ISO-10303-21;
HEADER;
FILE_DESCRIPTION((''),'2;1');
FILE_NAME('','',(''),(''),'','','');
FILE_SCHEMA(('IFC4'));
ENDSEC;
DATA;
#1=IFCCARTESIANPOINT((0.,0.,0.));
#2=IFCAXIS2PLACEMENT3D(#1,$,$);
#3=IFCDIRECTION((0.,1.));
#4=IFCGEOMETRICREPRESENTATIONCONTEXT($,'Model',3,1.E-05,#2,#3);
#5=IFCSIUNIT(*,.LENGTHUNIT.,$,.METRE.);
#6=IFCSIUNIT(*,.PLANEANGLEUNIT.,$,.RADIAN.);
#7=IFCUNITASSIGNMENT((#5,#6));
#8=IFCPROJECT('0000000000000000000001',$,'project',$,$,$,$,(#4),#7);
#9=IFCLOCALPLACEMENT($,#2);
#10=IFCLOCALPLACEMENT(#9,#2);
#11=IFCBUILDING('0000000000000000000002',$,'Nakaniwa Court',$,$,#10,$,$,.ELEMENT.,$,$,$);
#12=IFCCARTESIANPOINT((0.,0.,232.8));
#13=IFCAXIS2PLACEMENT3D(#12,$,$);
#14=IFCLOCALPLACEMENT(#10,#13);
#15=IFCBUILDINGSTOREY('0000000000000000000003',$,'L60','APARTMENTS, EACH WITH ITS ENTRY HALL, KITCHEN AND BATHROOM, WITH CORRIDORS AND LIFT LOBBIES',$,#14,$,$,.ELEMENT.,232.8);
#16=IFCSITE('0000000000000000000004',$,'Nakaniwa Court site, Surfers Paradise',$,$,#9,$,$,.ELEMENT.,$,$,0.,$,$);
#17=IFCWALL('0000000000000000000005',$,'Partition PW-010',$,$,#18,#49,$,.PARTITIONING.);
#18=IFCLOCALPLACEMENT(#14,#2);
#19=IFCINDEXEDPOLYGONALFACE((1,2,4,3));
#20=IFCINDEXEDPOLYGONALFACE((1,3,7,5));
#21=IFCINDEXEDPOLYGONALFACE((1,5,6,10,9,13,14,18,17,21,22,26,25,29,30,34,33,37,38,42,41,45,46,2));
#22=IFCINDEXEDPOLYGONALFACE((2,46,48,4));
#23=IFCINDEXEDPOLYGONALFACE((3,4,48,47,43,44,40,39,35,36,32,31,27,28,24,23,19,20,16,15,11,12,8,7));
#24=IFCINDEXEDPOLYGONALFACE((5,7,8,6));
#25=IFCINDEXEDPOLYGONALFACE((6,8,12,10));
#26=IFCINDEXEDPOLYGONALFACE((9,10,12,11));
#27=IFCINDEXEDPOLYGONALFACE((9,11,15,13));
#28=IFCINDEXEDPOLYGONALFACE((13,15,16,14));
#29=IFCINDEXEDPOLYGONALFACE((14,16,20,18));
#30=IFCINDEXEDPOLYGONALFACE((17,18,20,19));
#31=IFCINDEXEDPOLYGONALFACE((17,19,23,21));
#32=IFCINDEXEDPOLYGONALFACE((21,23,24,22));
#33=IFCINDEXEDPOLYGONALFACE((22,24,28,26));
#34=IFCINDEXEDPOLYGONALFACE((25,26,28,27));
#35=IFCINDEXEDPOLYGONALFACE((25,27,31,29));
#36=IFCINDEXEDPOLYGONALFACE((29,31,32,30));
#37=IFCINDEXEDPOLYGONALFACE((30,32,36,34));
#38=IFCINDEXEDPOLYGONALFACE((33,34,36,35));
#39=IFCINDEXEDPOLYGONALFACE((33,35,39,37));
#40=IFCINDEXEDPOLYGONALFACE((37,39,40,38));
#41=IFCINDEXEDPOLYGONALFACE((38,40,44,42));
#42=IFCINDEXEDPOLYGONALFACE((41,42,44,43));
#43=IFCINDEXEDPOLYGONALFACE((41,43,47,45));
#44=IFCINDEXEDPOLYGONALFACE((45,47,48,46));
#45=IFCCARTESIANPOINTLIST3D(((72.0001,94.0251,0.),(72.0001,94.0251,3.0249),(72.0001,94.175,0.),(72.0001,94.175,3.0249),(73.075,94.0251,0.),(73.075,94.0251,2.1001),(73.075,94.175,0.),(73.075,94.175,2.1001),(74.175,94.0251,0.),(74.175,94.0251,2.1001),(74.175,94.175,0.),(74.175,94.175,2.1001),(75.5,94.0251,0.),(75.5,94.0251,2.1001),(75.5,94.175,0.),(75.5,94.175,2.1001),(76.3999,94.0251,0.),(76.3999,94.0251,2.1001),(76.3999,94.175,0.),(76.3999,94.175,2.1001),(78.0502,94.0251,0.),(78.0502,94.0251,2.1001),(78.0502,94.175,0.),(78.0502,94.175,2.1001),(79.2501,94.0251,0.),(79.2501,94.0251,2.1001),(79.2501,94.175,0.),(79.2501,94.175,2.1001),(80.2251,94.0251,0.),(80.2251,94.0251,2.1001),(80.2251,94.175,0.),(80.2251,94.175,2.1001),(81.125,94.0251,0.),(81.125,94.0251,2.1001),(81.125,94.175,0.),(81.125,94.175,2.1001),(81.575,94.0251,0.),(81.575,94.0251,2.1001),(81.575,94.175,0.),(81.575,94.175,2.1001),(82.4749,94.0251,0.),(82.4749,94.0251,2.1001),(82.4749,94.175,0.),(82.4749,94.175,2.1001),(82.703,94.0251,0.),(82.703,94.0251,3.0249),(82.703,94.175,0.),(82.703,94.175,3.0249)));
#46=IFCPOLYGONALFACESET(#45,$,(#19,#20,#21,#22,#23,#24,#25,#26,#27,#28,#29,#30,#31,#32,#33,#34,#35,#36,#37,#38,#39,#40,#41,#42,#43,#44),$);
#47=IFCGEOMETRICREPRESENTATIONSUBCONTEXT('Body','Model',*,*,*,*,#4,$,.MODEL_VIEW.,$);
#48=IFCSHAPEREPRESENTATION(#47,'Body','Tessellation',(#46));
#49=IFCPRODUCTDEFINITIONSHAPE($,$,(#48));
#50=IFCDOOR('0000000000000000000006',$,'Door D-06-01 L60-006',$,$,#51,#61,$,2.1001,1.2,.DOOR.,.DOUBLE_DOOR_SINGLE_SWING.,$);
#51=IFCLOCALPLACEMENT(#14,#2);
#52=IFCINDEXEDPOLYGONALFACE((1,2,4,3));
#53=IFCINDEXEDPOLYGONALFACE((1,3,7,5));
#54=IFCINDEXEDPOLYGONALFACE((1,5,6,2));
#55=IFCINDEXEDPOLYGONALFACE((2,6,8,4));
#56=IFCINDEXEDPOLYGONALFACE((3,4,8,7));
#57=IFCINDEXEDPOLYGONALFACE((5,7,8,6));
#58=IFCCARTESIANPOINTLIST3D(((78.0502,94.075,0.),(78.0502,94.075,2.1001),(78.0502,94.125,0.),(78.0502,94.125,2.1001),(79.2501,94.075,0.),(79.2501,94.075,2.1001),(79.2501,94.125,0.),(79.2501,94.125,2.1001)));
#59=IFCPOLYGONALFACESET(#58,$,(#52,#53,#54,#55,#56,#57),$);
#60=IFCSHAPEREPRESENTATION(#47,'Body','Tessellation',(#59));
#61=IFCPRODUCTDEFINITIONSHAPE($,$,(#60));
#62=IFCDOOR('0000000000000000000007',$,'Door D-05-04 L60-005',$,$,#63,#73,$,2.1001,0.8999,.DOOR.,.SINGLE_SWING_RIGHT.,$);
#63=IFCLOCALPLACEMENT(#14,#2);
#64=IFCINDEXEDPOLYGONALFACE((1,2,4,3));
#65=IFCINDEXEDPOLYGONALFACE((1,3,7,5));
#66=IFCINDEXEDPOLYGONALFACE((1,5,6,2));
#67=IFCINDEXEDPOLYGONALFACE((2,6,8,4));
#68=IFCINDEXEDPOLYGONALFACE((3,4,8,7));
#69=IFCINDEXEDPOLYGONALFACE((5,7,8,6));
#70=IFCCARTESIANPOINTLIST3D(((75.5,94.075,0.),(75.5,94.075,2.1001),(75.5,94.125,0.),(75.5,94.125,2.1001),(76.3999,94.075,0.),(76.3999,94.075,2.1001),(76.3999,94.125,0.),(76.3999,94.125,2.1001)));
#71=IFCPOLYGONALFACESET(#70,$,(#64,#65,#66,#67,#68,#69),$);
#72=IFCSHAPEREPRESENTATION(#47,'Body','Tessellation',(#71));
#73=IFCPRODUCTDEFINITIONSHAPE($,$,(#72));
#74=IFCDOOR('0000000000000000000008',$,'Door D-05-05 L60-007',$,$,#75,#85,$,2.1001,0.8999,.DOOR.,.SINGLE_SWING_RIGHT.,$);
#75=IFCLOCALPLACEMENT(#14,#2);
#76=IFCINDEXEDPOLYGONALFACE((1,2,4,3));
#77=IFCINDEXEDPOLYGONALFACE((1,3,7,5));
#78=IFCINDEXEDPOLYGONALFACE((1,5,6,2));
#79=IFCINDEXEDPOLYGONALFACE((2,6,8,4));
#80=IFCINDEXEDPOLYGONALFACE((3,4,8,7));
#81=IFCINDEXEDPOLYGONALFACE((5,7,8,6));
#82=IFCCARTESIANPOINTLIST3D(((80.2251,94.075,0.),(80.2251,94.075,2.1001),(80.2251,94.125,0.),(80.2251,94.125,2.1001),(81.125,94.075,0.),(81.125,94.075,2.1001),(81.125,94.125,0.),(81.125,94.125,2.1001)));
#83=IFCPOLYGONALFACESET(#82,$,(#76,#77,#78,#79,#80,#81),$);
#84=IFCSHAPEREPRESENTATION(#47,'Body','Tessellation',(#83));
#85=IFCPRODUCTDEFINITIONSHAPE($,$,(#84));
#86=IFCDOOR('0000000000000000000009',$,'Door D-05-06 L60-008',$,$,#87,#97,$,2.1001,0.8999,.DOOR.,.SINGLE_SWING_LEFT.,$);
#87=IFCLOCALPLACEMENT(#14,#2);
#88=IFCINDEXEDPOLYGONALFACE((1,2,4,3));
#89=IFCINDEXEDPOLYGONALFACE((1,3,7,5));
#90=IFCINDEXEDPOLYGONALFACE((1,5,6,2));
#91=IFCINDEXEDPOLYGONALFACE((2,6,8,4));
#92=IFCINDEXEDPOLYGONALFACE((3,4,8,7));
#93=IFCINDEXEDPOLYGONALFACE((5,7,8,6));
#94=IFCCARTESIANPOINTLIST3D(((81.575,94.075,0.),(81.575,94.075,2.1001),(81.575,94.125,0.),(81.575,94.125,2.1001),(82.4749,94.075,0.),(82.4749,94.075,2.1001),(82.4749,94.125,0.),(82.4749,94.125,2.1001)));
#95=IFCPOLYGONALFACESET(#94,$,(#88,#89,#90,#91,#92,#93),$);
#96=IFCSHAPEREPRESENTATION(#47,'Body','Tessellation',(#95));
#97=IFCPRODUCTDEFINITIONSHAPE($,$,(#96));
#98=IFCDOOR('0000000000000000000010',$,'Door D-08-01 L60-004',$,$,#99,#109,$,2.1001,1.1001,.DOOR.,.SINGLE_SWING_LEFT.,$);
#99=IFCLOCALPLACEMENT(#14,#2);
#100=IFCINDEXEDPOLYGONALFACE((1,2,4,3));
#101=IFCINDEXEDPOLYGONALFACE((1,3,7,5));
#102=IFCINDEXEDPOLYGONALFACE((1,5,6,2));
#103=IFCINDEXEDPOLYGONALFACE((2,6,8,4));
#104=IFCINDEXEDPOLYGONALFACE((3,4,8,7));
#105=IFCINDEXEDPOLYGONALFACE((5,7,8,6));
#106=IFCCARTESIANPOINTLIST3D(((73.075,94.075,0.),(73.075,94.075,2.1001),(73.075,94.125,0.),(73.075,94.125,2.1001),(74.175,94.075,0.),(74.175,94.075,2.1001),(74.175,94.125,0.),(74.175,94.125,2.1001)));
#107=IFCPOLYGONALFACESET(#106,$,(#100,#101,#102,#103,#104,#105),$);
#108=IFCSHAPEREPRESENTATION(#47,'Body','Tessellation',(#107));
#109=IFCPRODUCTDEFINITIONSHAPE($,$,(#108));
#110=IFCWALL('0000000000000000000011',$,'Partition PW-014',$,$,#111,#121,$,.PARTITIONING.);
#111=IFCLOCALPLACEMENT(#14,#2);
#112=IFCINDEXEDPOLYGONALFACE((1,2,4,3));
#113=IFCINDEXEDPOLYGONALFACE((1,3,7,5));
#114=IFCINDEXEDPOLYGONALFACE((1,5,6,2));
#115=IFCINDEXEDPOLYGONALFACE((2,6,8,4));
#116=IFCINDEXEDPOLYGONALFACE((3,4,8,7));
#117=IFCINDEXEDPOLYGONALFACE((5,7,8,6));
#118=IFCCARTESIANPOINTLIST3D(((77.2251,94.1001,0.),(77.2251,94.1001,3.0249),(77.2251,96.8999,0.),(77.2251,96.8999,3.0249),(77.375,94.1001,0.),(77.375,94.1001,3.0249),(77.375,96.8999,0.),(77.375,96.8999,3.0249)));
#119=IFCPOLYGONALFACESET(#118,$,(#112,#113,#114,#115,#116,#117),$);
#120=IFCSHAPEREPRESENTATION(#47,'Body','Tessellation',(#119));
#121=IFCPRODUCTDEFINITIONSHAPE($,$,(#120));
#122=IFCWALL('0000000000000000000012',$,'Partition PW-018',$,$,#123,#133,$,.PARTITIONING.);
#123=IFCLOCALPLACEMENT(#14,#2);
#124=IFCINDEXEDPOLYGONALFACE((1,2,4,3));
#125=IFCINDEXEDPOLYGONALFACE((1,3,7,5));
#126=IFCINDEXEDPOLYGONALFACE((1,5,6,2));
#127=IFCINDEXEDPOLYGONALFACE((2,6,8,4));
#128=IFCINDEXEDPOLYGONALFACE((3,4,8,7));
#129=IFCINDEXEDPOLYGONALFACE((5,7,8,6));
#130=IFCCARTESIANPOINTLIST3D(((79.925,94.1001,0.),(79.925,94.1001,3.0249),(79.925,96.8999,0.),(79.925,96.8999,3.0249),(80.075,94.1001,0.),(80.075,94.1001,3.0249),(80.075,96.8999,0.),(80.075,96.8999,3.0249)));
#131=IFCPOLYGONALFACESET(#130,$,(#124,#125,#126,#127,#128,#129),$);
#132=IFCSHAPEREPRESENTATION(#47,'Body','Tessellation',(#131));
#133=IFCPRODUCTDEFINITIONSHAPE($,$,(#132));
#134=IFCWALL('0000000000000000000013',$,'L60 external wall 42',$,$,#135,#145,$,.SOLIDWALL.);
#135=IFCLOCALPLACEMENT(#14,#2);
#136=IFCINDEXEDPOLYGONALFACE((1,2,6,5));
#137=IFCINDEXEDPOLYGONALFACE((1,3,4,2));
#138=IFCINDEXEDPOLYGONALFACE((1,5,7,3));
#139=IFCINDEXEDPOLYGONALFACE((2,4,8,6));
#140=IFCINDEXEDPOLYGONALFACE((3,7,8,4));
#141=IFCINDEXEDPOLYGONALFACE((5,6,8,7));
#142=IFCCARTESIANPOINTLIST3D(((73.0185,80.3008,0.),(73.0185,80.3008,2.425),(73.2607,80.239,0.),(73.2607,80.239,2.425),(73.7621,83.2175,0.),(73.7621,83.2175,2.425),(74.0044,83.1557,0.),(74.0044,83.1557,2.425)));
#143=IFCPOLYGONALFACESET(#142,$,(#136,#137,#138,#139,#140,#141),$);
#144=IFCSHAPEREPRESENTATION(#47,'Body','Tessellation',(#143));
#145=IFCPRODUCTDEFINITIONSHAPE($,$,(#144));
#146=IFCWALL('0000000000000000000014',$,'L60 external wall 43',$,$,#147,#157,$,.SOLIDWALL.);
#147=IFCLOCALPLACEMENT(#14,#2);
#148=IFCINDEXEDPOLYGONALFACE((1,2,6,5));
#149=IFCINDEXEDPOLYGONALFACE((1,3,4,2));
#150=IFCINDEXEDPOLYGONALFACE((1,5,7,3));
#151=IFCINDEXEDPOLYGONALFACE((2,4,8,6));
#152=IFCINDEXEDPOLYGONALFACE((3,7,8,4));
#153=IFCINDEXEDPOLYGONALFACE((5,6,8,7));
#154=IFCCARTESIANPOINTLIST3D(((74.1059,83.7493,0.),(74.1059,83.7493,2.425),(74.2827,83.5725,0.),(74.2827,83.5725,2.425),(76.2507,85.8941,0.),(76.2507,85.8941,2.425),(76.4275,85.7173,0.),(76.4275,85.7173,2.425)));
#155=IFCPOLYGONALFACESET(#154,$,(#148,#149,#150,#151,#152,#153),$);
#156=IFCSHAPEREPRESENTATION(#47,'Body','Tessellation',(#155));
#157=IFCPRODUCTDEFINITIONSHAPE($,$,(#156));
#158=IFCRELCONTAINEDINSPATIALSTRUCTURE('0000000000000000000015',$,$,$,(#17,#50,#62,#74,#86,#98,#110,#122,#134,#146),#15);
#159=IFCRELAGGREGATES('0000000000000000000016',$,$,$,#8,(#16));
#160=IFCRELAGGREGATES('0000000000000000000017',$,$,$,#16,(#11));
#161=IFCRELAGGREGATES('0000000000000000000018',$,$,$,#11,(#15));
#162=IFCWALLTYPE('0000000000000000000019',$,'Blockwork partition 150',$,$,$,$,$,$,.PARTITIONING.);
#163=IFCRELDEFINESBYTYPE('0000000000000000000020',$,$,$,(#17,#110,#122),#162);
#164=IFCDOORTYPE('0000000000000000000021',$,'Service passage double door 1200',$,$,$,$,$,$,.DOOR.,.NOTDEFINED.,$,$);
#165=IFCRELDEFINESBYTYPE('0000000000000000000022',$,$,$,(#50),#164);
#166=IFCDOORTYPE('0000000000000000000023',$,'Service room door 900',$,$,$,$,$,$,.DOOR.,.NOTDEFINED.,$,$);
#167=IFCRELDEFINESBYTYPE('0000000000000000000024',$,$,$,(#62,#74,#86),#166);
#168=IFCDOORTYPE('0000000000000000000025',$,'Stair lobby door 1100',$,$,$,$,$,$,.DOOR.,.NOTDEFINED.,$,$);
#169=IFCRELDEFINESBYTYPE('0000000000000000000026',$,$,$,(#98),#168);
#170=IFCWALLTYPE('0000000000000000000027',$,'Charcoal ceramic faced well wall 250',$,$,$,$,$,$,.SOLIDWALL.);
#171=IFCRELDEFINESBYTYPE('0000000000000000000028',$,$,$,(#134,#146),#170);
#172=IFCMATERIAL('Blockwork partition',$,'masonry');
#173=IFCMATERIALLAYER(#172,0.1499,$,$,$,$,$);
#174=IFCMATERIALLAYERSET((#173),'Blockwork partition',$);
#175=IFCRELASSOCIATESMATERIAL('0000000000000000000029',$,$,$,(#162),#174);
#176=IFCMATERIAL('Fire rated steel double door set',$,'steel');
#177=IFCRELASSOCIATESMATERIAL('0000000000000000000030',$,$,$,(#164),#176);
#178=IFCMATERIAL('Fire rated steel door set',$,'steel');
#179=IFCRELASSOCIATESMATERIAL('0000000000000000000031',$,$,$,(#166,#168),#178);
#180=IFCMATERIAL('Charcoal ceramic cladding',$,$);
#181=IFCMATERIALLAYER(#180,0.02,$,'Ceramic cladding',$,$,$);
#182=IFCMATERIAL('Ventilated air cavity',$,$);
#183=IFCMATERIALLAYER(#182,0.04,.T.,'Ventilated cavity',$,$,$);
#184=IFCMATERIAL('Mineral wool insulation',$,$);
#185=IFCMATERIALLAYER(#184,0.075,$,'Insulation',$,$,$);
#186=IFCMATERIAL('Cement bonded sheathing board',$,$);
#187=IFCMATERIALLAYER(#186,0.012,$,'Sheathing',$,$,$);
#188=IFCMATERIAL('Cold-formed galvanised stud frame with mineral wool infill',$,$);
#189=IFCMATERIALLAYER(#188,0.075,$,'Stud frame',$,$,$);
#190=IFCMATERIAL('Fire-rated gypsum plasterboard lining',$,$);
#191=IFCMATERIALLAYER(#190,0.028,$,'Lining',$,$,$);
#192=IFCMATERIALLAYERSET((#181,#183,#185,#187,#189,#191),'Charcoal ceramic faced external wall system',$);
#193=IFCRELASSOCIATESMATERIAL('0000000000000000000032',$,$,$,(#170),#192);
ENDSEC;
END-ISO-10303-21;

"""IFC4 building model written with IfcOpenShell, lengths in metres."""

from ifc_helpers import new_model, si_unit, direction, frame, frame_2d, origin, place, context, subcontext, project, spatial, rectangle, extrude, material, layer, layer_set, type_object, element, fill, save


model = new_model("IFC4")

# Units and contexts
model_context = context("Model", 3, precision=1e-05, world=origin(), true_north=direction((0.0, 1.0)))
body_context = subcontext(model_context, "Body", "Model", "MODEL_VIEW")
ifc_project = project(units=[si_unit("LENGTHUNIT", "METRE"), si_unit("PLANEANGLEUNIT", "RADIAN")], contexts=[model_context])

# Site, building, storey
site_placement = place(None, origin())
site = spatial("IfcSite", under=ifc_project, at=site_placement, Name="Nakaniwa Court site, Surfers Paradise", CompositionType="ELEMENT", RefElevation=0.0)
building_placement = place(site_placement, origin())
building = spatial("IfcBuilding", under=site, at=building_placement, Name="Nakaniwa Court", CompositionType="ELEMENT")
storey_placement = place(building_placement, frame((0.0, 0.0, 232.8)))
storey = spatial("IfcBuildingStorey", under=building, at=storey_placement, Name="L60", Description="APARTMENTS, EACH WITH ITS ENTRY HALL, KITCHEN AND BATHROOM, WITH CORRIDORS AND LIFT LOBBIES", CompositionType="ELEMENT", Elevation=232.8)

# Shared definitions
ifc_material_1 = material(Name="Blockwork partition", Category="masonry")
ifc_layer_1 = layer(ifc_material_1, 0.1499)
ifc_layer_set_1 = layer_set([ifc_layer_1], Name="Blockwork partition")
wall_type_1 = type_object("IfcWallType", Name="Blockwork partition 150", PredefinedType="PARTITIONING", material=ifc_layer_set_1)

# Wall, openings, doors
wall_1_placement = place(storey_placement, frame((72.0, 94.1001, 0.0), z_axis=(0.0, 0.0, 1.0), x_axis=(1.0, 0.0, 0.0)))
wall_1 = element("IfcWall", 1, at=wall_1_placement, inside=storey, type_object=wall_type_1, Name="Partition PW-010", PredefinedType="PARTITIONING", context=body_context, shape_type="SweptSolid", body=[
    extrude(rectangle(XDim=10.7029, YDim=0.1499, at=frame_2d((5.3516, 0.0))), origin(), (0.0, 0.0, 1.0), 3.0249),
])
opening_1_placement = place(wall_1_placement, frame((1.075, 0.0, 0.0)))
opening_1 = element("IfcOpeningElement", 2, at=opening_1_placement, cuts=wall_1, PredefinedType="OPENING", context=body_context, shape_type="SweptSolid", body=[
    extrude(rectangle(XDim=1.1001, YDim=2.1001, at=frame_2d((0.55, 1.05))), frame((0.0, 0.085, 0.0), z_axis=(0.0, -1.0, 0.0), x_axis=(1.0, 0.0, 0.0)), (0.0, 0.0, 1.0), 0.1699),
])
opening_2_placement = place(wall_1_placement, frame((3.5, 0.0, 0.0)))
opening_2 = element("IfcOpeningElement", 3, at=opening_2_placement, cuts=wall_1, PredefinedType="OPENING", context=body_context, shape_type="SweptSolid", body=[
    extrude(rectangle(XDim=0.8999, YDim=2.1001, at=frame_2d((0.45, 1.05))), frame((0.0, 0.085, 0.0), z_axis=(0.0, -1.0, 0.0), x_axis=(1.0, 0.0, 0.0)), (0.0, 0.0, 1.0), 0.1699),
])
opening_3_placement = place(wall_1_placement, frame((6.05, 0.0, 0.0)))
opening_3 = element("IfcOpeningElement", 4, at=opening_3_placement, cuts=wall_1, PredefinedType="OPENING", context=body_context, shape_type="SweptSolid", body=[
    extrude(rectangle(XDim=1.2, YDim=2.1001, at=frame_2d((0.6001, 1.05))), frame((0.0, 0.085, 0.0), z_axis=(0.0, -1.0, 0.0), x_axis=(1.0, 0.0, 0.0)), (0.0, 0.0, 1.0), 0.1699),
])
opening_4_placement = place(wall_1_placement, frame((8.2251, 0.0, 0.0)))
opening_4 = element("IfcOpeningElement", 5, at=opening_4_placement, cuts=wall_1, PredefinedType="OPENING", context=body_context, shape_type="SweptSolid", body=[
    extrude(rectangle(XDim=0.8999, YDim=2.1001, at=frame_2d((0.45, 1.05))), frame((0.0, 0.085, 0.0), z_axis=(0.0, -1.0, 0.0), x_axis=(1.0, 0.0, 0.0)), (0.0, 0.0, 1.0), 0.1699),
])
opening_5_placement = place(wall_1_placement, frame((9.575, 0.0, 0.0)))
opening_5 = element("IfcOpeningElement", 6, at=opening_5_placement, cuts=wall_1, PredefinedType="OPENING", context=body_context, shape_type="SweptSolid", body=[
    extrude(rectangle(XDim=0.8999, YDim=2.1001, at=frame_2d((0.45, 1.05))), frame((0.0, 0.085, 0.0), z_axis=(0.0, -1.0, 0.0), x_axis=(1.0, 0.0, 0.0)), (0.0, 0.0, 1.0), 0.1699),
])
ifc_material_2 = material(Name="Fire rated steel double door set", Category="steel")
door_type_1 = type_object("IfcDoorType", Name="Service passage double door 1200", OperationType="NOTDEFINED", PredefinedType="DOOR", material=ifc_material_2)
door_1_placement = place(opening_3_placement, origin())
door_1 = element("IfcDoor", 7, at=door_1_placement, inside=storey, type_object=door_type_1, Name="Door D-06-01 L60-006", OperationType="DOUBLE_DOOR_SINGLE_SWING", OverallHeight=2.1001, OverallWidth=1.2, PredefinedType="DOOR", context=body_context, shape_type="SweptSolid", body=[
    extrude(rectangle(XDim=1.2, YDim=2.1001, at=frame_2d((0.6001, 1.05))), frame((0.0, 0.0249, 0.0), z_axis=(0.0, -1.0, 0.0), x_axis=(1.0, 0.0, 0.0)), (0.0, 0.0, 1.0), 0.05),
])
fill(opening_3, door_1)
ifc_material_3 = material(Name="Fire rated steel door set", Category="steel")
door_type_2 = type_object("IfcDoorType", Name="Service room door 900", OperationType="NOTDEFINED", PredefinedType="DOOR", material=ifc_material_3)
door_2_placement = place(opening_2_placement, origin())
door_2 = element("IfcDoor", 8, at=door_2_placement, inside=storey, type_object=door_type_2, Name="Door D-05-04 L60-005", OperationType="SINGLE_SWING_RIGHT", OverallHeight=2.1001, OverallWidth=0.8999, PredefinedType="DOOR", context=body_context, shape_type="SweptSolid", body=[
    extrude(rectangle(XDim=0.8999, YDim=2.1001, at=frame_2d((0.45, 1.05))), frame((0.0, 0.0249, 0.0), z_axis=(0.0, -1.0, 0.0), x_axis=(1.0, 0.0, 0.0)), (0.0, 0.0, 1.0), 0.05),
])
fill(opening_2, door_2)
door_3_placement = place(opening_4_placement, origin())
door_3 = element("IfcDoor", 9, at=door_3_placement, inside=storey, type_object=door_type_2, Name="Door D-05-05 L60-007", OperationType="SINGLE_SWING_RIGHT", OverallHeight=2.1001, OverallWidth=0.8999, PredefinedType="DOOR", context=body_context, shape_type="SweptSolid", body=[
    extrude(rectangle(XDim=0.8999, YDim=2.1001, at=frame_2d((0.45, 1.05))), frame((0.0, 0.0249, 0.0), z_axis=(0.0, -1.0, 0.0), x_axis=(1.0, 0.0, 0.0)), (0.0, 0.0, 1.0), 0.05),
])
fill(opening_4, door_3)
door_4_placement = place(opening_5_placement, origin())
door_4 = element("IfcDoor", 10, at=door_4_placement, inside=storey, type_object=door_type_2, Name="Door D-05-06 L60-008", OperationType="SINGLE_SWING_LEFT", OverallHeight=2.1001, OverallWidth=0.8999, PredefinedType="DOOR", context=body_context, shape_type="SweptSolid", body=[
    extrude(rectangle(XDim=0.8999, YDim=2.1001, at=frame_2d((0.45, 1.05))), frame((0.0, 0.0249, 0.0), z_axis=(0.0, -1.0, 0.0), x_axis=(1.0, 0.0, 0.0)), (0.0, 0.0, 1.0), 0.05),
])
fill(opening_5, door_4)
door_type_3 = type_object("IfcDoorType", Name="Stair lobby door 1100", OperationType="NOTDEFINED", PredefinedType="DOOR", material=ifc_material_3)
door_5_placement = place(opening_1_placement, origin())
door_5 = element("IfcDoor", 11, at=door_5_placement, inside=storey, type_object=door_type_3, Name="Door D-08-01 L60-004", OperationType="SINGLE_SWING_LEFT", OverallHeight=2.1001, OverallWidth=1.1001, PredefinedType="DOOR", context=body_context, shape_type="SweptSolid", body=[
    extrude(rectangle(XDim=1.1001, YDim=2.1001, at=frame_2d((0.55, 1.05))), frame((0.0, 0.0249, 0.0), z_axis=(0.0, -1.0, 0.0), x_axis=(1.0, 0.0, 0.0)), (0.0, 0.0, 1.0), 0.05),
])
fill(opening_1, door_5)

# Walls
for number, where, z_axis, x_axis, name in (
    (12, (77.3, 94.1001, 0.0), (0.0, 0.0, 1.0), (0.0, 1.0, 0.0), "Partition PW-014"),
    (13, (80.0, 94.1001, 0.0), (0.0, 0.0, 1.0), (0.0, 1.0, 0.0), "Partition PW-018"),
):
    element("IfcWall", number, at=place(storey_placement, frame(where, z_axis=z_axis, x_axis=x_axis)), inside=storey, type_object=wall_type_1, Name=name, PredefinedType="PARTITIONING", context=body_context, shape_type="SweptSolid", body=[
        extrude(rectangle(XDim=2.7998, YDim=0.1499, at=frame_2d((1.3999, 0.0))), origin(), (0.0, 0.0, 1.0), 3.0249),
    ])
ifc_material_4 = material(Name="Charcoal ceramic cladding")
ifc_layer_2 = layer(ifc_material_4, 0.02, Name="Ceramic cladding")
ifc_material_5 = material(Name="Ventilated air cavity")
ifc_layer_3 = layer(ifc_material_5, 0.04, ventilated=True, Name="Ventilated cavity")
ifc_material_6 = material(Name="Mineral wool insulation")
ifc_layer_4 = layer(ifc_material_6, 0.075, Name="Insulation")
ifc_material_7 = material(Name="Cement bonded sheathing board")
ifc_layer_5 = layer(ifc_material_7, 0.012, Name="Sheathing")
ifc_material_8 = material(Name="Cold-formed galvanised stud frame with mineral wool infill")
ifc_layer_6 = layer(ifc_material_8, 0.075, Name="Stud frame")
ifc_material_9 = material(Name="Fire-rated gypsum plasterboard lining")
ifc_layer_7 = layer(ifc_material_9, 0.028, Name="Lining")
ifc_layer_set_2 = layer_set([ifc_layer_2, ifc_layer_3, ifc_layer_4, ifc_layer_5, ifc_layer_6, ifc_layer_7], Name="Charcoal ceramic faced external wall system")
wall_type_2 = type_object("IfcWallType", Name="Charcoal ceramic faced well wall 250", PredefinedType="SOLIDWALL", material=ifc_layer_set_2)
wall_2_placement = place(storey_placement, frame((73.1396, 80.27, 0.0), z_axis=(0.0, 0.0, 1.0), x_axis=(0.247056, 0.969001, 0.0)))
element("IfcWall", 14, at=wall_2_placement, inside=storey, type_object=wall_type_2, Name="L60 external wall 42", PredefinedType="SOLIDWALL", context=body_context, shape_type="SweptSolid", body=[
    extrude(rectangle(XDim=3.01, YDim=0.25, at=frame_2d((1.5049, 0.0))), origin(), (0.0, 0.0, 1.0), 2.425),
])
wall_3_placement = place(storey_placement, frame((74.1943, 83.6609, 0.0), z_axis=(0.0, 0.0, 1.0), x_axis=(0.707107, 0.707107, 0.0)))
element("IfcWall", 15, at=wall_3_placement, inside=storey, type_object=wall_type_2, Name="L60 external wall 43", PredefinedType="SOLIDWALL", context=body_context, shape_type="SweptSolid", body=[
    extrude(rectangle(XDim=3.0332, YDim=0.25, at=frame_2d((1.5166, 0.0))), origin(), (0.0, 0.0, 1.0), 2.425),
])

save(model, "model.ifc")
